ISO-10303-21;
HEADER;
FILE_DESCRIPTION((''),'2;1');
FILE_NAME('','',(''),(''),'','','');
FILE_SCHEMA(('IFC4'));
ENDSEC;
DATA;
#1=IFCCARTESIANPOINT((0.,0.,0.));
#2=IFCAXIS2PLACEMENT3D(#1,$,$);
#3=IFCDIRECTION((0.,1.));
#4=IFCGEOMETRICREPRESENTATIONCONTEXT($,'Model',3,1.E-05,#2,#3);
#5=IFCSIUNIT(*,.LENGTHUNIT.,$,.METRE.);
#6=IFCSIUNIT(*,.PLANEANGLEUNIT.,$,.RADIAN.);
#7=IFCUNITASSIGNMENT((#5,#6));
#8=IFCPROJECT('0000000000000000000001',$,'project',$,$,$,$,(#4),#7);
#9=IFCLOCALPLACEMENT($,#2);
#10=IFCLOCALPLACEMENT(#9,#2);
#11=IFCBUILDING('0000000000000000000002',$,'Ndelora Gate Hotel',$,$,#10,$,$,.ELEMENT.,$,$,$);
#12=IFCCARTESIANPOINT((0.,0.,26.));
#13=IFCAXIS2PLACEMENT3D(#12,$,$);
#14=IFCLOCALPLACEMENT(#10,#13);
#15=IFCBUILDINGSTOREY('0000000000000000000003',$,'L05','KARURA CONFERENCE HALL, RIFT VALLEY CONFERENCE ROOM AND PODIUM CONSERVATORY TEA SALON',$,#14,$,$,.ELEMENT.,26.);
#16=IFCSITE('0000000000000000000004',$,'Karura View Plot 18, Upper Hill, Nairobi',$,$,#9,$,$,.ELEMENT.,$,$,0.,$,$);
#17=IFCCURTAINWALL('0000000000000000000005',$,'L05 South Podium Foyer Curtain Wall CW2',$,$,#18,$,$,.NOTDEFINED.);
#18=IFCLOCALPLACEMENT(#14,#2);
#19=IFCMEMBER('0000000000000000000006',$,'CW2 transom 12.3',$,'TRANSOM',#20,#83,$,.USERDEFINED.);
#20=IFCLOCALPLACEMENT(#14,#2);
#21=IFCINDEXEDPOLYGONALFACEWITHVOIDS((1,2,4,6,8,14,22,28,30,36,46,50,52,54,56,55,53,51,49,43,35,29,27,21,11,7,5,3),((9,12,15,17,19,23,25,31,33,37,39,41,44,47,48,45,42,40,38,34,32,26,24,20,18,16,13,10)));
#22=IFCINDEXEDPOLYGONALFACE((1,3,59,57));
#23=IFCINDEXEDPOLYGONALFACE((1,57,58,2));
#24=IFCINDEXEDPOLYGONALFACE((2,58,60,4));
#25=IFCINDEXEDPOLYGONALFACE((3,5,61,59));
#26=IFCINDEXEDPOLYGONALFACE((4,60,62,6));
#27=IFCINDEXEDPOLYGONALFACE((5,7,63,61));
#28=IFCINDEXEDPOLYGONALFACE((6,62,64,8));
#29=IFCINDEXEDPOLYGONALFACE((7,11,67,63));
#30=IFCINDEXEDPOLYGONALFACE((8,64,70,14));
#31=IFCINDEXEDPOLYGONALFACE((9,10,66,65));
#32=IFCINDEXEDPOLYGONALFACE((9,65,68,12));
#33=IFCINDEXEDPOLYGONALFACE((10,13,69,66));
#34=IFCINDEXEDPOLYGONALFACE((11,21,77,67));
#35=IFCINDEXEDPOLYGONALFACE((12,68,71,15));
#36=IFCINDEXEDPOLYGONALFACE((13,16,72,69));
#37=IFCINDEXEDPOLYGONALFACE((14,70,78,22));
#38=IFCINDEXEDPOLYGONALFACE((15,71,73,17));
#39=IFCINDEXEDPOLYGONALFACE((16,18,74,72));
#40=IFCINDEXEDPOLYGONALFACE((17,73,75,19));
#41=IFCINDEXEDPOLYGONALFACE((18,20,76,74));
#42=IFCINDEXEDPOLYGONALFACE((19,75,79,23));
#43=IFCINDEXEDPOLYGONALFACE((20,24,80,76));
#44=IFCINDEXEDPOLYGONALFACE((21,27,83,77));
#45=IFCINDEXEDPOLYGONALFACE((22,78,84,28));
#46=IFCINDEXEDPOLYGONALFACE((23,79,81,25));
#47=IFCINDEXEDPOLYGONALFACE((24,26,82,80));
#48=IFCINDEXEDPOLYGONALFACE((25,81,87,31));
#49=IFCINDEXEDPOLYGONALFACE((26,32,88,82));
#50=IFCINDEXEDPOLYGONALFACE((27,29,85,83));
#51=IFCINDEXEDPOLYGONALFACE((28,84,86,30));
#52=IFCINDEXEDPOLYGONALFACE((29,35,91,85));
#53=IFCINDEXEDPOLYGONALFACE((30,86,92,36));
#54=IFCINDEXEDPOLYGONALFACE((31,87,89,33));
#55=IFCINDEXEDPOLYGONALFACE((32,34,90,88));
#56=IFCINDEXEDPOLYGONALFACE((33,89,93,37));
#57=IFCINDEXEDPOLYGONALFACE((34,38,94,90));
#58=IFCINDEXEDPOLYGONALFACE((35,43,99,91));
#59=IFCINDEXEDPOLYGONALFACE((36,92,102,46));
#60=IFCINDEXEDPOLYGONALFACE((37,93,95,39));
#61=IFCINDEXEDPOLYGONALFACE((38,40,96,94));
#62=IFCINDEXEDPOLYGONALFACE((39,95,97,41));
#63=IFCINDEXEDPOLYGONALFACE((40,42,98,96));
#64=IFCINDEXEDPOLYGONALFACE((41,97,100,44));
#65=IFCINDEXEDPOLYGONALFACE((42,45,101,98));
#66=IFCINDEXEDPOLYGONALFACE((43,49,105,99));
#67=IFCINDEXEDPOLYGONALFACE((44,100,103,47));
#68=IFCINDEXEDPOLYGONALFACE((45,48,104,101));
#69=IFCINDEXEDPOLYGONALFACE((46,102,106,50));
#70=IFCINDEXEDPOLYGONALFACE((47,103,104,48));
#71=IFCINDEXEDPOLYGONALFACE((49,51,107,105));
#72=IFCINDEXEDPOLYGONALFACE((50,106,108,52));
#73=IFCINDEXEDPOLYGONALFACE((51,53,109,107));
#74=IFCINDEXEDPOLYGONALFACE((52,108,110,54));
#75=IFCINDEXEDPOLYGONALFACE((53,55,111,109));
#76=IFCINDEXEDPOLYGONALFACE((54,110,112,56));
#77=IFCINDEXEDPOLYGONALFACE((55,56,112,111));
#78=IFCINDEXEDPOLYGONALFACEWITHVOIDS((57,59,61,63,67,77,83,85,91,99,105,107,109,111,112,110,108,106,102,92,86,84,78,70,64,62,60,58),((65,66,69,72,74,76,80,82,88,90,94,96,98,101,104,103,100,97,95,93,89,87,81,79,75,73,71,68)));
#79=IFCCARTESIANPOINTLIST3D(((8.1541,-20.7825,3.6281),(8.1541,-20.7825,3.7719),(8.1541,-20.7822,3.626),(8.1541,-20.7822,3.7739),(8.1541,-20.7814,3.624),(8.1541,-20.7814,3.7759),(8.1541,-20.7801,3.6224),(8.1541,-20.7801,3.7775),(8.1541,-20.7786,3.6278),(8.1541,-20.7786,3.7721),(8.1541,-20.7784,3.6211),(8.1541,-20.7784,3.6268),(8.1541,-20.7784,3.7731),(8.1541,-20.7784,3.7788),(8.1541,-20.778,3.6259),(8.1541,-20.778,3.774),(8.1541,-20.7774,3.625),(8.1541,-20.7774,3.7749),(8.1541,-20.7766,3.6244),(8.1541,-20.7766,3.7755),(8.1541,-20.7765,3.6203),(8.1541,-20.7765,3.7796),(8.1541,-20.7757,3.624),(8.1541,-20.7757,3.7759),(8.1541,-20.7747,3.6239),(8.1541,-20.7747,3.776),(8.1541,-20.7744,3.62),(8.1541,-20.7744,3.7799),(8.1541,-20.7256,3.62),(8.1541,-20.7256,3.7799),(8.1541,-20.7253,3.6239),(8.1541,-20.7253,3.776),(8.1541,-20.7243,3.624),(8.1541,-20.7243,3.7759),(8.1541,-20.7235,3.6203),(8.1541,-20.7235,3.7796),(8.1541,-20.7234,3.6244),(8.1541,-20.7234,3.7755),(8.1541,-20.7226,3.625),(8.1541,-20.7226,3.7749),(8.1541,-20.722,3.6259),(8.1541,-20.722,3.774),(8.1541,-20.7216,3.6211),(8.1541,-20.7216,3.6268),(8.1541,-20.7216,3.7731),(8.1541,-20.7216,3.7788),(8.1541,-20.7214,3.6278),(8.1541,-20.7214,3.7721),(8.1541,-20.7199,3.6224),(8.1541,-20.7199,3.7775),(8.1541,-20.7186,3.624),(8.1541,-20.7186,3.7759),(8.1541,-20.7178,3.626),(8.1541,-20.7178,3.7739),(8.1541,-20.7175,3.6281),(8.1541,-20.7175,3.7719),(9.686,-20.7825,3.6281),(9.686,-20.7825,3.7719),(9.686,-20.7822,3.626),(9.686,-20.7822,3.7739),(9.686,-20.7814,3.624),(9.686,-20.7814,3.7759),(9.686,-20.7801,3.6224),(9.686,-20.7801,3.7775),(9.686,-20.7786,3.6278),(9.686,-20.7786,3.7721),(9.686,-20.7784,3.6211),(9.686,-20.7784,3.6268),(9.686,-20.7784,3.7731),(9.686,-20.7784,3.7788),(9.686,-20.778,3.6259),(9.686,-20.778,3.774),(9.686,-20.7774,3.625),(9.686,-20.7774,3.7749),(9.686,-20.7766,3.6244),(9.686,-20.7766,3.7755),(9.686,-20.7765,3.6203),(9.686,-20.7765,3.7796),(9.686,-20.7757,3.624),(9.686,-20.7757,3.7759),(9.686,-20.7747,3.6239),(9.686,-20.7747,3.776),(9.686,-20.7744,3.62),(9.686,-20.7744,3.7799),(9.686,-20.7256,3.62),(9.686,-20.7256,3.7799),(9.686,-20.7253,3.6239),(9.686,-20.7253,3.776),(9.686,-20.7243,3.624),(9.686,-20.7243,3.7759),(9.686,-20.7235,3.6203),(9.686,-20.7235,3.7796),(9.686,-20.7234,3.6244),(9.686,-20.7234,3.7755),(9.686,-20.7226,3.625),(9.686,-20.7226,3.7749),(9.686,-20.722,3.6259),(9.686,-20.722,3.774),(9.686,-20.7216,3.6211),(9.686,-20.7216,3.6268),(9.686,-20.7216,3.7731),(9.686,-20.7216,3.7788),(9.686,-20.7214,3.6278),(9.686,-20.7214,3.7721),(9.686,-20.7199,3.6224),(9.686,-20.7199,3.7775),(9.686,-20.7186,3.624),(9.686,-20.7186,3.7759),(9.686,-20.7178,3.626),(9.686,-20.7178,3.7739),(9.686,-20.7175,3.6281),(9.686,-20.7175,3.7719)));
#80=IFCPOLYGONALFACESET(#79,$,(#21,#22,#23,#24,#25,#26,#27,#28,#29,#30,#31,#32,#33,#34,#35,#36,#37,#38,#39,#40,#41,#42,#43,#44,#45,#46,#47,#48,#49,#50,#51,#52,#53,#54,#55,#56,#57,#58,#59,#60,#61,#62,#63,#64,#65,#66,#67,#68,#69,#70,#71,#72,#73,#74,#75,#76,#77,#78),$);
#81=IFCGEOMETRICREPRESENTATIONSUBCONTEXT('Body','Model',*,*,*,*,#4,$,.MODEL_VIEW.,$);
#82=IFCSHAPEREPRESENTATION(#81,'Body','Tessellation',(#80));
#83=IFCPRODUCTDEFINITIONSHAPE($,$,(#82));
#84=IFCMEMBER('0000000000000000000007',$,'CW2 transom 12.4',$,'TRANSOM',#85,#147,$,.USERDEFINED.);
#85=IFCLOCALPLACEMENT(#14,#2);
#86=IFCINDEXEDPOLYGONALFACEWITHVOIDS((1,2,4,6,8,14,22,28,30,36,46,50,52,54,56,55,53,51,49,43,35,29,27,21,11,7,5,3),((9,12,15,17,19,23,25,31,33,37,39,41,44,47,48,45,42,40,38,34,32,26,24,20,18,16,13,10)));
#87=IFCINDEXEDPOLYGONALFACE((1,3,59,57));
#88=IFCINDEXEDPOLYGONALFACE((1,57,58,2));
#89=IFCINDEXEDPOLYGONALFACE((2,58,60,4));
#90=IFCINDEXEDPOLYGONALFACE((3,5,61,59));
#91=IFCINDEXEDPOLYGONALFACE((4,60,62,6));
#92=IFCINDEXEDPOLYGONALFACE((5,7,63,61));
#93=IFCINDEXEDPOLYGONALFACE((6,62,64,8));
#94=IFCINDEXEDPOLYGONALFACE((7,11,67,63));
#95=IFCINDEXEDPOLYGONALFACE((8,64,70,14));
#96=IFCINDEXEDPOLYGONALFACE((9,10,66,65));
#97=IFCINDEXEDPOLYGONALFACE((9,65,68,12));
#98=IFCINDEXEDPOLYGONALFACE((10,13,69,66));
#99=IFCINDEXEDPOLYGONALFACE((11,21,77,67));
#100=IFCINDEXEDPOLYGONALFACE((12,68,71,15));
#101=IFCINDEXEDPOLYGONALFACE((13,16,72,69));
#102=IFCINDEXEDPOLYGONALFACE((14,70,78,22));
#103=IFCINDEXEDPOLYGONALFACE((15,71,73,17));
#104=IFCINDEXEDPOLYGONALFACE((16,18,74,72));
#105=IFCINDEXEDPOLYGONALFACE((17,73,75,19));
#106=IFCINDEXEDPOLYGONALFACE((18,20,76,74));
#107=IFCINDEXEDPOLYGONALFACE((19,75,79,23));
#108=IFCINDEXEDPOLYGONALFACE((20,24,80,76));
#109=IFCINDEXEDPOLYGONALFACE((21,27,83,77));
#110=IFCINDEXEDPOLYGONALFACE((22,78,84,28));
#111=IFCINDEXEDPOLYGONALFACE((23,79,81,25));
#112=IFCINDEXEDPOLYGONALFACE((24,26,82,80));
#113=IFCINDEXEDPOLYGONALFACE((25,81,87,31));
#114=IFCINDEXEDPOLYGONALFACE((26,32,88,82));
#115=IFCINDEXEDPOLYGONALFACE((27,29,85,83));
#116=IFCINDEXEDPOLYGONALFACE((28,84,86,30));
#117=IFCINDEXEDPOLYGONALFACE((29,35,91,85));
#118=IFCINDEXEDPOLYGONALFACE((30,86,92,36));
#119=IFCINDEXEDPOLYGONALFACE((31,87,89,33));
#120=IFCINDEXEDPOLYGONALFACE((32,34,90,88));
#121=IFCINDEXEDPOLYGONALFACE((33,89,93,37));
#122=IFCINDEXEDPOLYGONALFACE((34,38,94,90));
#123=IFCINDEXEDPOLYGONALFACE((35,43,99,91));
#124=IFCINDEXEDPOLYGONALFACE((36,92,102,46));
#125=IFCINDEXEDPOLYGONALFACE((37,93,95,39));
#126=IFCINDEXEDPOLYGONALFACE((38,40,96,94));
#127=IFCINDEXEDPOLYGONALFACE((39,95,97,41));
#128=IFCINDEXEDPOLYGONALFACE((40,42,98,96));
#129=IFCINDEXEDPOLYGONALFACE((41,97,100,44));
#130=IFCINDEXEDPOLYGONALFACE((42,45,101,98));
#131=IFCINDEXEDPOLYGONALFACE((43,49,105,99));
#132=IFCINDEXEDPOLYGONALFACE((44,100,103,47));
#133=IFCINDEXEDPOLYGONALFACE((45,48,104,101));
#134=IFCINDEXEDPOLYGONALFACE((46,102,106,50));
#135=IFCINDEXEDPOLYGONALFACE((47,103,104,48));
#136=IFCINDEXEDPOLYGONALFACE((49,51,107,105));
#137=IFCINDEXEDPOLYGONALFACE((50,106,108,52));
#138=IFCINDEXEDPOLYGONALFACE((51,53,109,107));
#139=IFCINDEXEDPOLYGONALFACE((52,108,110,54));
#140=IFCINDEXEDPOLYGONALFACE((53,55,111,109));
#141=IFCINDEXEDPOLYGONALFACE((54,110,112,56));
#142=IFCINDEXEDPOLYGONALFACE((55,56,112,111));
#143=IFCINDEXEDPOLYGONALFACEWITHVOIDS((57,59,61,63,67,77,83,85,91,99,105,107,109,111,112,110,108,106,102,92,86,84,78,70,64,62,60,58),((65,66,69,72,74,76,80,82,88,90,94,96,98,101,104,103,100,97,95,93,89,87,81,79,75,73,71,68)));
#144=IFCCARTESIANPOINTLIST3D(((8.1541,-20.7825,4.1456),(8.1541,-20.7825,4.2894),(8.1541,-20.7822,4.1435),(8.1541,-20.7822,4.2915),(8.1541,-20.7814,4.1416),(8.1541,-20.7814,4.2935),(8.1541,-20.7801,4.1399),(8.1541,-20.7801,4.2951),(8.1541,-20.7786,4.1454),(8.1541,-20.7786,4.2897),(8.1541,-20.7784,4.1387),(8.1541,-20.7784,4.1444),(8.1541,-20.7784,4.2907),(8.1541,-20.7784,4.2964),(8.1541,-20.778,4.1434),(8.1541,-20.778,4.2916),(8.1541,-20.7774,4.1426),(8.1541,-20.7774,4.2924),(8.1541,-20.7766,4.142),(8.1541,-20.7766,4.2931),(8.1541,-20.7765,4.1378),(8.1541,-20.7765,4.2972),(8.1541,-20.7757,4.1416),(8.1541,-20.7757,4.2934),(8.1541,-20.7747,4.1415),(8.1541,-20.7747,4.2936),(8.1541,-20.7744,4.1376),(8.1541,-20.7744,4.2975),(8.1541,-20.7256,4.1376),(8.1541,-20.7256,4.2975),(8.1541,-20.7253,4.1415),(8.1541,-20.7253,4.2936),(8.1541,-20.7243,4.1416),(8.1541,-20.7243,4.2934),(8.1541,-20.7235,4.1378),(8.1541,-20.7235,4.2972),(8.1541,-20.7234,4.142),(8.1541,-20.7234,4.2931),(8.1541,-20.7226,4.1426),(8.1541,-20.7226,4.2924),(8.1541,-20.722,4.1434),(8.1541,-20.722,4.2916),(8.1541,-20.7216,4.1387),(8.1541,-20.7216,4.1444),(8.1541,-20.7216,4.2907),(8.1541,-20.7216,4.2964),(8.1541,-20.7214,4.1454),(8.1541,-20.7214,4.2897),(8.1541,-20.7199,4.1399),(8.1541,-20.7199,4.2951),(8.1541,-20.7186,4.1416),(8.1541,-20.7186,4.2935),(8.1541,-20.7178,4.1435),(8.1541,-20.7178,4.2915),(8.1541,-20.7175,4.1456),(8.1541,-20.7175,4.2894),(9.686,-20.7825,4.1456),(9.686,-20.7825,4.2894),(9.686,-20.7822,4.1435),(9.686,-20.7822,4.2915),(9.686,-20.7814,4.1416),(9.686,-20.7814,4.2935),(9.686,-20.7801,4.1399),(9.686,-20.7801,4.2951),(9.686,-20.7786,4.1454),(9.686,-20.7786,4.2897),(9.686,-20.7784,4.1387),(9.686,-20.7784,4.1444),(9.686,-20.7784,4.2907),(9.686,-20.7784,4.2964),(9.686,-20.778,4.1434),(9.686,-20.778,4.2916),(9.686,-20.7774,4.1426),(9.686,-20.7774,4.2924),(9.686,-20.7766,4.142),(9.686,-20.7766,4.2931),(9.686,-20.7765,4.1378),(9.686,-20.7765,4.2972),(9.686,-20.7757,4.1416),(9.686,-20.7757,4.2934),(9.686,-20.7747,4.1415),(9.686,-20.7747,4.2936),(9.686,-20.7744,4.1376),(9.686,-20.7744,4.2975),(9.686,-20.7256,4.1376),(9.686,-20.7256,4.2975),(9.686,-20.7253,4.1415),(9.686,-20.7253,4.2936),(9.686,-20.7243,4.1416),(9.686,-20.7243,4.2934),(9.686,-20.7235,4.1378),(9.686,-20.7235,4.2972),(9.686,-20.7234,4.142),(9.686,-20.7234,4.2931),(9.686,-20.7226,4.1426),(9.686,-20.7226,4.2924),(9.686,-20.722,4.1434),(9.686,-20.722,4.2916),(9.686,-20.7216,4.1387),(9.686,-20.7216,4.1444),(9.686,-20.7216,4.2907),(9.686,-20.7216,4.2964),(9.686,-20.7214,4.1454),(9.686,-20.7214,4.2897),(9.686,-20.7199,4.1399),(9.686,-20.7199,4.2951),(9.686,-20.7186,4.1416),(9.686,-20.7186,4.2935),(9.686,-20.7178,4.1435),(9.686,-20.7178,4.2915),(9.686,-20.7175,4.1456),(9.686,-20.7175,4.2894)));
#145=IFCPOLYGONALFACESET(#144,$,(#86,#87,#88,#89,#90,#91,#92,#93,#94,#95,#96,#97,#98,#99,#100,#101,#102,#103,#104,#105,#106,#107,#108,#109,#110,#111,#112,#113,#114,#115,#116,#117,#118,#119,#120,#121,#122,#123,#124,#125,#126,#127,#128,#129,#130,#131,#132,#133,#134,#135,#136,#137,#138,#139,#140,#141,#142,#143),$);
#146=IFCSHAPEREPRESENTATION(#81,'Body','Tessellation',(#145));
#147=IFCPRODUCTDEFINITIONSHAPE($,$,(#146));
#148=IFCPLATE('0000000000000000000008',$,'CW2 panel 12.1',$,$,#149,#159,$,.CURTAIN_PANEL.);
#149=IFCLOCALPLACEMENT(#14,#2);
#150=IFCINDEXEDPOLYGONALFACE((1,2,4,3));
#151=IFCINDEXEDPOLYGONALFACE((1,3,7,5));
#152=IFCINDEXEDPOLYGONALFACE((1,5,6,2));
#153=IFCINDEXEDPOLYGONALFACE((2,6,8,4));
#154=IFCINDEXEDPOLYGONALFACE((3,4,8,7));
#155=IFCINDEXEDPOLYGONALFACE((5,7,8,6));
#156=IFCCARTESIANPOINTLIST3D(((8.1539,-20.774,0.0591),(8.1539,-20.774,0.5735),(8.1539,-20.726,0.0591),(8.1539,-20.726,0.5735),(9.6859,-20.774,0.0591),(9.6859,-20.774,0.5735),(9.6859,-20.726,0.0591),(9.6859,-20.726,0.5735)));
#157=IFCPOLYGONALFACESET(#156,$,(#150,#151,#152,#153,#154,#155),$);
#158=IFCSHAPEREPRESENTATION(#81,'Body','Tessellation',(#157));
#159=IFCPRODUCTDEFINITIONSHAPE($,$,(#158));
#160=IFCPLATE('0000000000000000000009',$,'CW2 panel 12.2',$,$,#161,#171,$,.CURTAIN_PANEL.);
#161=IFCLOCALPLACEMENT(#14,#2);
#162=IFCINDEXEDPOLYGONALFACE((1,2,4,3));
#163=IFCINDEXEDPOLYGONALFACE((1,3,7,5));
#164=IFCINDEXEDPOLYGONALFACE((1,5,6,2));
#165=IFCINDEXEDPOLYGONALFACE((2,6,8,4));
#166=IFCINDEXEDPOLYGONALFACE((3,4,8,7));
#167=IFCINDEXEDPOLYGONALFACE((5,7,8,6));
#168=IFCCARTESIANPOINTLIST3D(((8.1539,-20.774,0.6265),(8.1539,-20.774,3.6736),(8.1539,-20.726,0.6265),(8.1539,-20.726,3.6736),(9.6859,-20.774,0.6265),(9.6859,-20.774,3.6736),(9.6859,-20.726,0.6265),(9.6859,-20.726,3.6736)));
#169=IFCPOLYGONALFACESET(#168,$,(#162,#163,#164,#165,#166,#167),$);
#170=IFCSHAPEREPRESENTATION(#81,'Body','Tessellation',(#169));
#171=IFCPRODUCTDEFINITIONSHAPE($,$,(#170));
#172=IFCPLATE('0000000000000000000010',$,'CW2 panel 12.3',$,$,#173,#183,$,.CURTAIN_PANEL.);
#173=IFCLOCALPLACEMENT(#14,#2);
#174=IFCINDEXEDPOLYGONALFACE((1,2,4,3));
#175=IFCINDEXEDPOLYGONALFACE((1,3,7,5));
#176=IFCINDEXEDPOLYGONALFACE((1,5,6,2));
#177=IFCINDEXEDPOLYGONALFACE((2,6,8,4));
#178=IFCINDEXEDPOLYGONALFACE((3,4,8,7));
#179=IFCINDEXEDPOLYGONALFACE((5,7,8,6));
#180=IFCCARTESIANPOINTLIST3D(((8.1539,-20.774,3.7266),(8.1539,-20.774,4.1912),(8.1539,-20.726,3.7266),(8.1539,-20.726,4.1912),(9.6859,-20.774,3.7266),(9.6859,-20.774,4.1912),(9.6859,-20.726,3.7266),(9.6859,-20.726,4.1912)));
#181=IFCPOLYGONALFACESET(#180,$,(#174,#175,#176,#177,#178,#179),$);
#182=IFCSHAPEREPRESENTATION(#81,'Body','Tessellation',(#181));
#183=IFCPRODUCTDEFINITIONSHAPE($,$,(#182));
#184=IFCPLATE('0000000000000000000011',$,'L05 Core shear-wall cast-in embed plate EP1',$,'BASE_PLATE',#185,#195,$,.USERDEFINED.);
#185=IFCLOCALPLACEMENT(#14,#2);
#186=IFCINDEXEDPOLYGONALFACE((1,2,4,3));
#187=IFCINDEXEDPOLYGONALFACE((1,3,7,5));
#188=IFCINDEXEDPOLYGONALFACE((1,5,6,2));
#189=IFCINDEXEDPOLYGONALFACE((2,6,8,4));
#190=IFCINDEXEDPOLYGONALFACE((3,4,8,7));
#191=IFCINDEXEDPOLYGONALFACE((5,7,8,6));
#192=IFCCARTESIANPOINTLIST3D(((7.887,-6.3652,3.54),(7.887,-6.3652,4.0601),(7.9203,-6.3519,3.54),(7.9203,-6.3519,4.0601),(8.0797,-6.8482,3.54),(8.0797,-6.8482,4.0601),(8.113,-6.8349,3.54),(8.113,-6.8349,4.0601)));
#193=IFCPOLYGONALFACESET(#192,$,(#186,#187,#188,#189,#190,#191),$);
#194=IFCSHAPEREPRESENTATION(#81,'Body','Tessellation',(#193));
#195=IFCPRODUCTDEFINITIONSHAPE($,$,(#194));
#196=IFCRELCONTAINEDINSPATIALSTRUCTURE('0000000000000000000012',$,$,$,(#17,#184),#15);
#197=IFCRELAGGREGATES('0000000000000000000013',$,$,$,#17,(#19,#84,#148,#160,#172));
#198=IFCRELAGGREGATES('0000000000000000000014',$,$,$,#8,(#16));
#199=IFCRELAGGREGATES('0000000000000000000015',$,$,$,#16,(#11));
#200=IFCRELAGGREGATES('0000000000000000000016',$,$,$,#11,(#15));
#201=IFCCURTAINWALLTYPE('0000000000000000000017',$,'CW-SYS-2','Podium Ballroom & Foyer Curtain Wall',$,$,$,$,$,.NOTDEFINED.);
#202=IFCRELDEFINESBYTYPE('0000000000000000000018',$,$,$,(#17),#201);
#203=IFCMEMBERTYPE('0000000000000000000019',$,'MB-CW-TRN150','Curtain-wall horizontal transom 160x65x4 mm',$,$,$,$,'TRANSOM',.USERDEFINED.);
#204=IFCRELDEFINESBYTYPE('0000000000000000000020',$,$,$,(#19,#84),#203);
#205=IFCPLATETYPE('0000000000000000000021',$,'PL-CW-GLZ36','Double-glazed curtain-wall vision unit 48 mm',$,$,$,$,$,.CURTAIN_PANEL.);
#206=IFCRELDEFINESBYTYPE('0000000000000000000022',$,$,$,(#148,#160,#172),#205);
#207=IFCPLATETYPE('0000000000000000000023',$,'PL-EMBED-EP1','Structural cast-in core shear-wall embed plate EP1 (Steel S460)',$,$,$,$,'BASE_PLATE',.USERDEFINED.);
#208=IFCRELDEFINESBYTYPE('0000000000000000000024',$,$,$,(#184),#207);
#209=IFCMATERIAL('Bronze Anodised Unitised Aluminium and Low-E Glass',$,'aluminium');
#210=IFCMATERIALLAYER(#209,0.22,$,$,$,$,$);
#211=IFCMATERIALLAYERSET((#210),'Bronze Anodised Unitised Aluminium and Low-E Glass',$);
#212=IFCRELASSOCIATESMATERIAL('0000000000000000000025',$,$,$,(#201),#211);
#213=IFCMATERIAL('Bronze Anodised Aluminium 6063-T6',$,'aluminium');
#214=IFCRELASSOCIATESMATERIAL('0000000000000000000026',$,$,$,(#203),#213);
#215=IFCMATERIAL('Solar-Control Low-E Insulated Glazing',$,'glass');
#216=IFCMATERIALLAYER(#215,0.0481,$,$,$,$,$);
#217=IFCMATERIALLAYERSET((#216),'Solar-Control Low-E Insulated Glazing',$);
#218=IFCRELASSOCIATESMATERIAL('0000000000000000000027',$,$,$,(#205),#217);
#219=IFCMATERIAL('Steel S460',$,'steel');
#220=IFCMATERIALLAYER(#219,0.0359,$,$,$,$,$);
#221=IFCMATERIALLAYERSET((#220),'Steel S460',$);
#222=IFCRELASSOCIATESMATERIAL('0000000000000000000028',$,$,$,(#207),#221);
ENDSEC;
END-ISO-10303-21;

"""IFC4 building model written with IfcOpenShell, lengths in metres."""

from ifc_helpers import new_model, si_unit, direction, frame, origin, origin_2d, place, context, subcontext, project, spatial, rectangle, hollow_rectangle, extrude, material, layer, layer_set, material_profile, profile_set, type_object, element, aggregate, save


model = new_model("IFC4")

# Units and contexts
model_context = context("Model", 3, precision=1e-05, world=origin(), true_north=direction((0.0, 1.0)))
body_context = subcontext(model_context, "Body", "Model", "MODEL_VIEW")
ifc_project = project(units=[si_unit("LENGTHUNIT", "METRE"), si_unit("PLANEANGLEUNIT", "RADIAN")], contexts=[model_context])

# Site, building, storey
site_placement = place(None, origin())
site = spatial("IfcSite", under=ifc_project, at=site_placement, Name="Karura View Plot 18, Upper Hill, Nairobi", CompositionType="ELEMENT", RefElevation=0.0)
building_placement = place(site_placement, origin())
building = spatial("IfcBuilding", under=site, at=building_placement, Name="Ndelora Gate Hotel", CompositionType="ELEMENT")
storey_placement = place(building_placement, frame((0.0, 0.0, 26.0)))
storey = spatial("IfcBuildingStorey", under=building, at=storey_placement, Name="L05", Description="KARURA CONFERENCE HALL, RIFT VALLEY CONFERENCE ROOM AND PODIUM CONSERVATORY TEA SALON", CompositionType="ELEMENT", Elevation=26.0)

# Shared definitions
ifc_material_1 = material(Name="Steel S460", Category="steel")

# Curtain wall, members, plates
ifc_material_2 = material(Name="Bronze Anodised Unitised Aluminium and Low-E Glass", Category="aluminium")
ifc_layer_1 = layer(ifc_material_2, 0.22)
ifc_layer_set_1 = layer_set([ifc_layer_1], Name="Bronze Anodised Unitised Aluminium and Low-E Glass")
curtain_wall_type = type_object("IfcCurtainWallType", Name="CW-SYS-2", Description="Podium Ballroom & Foyer Curtain Wall", PredefinedType="NOTDEFINED", material=ifc_layer_set_1)
curtain_wall_placement = place(storey_placement, origin())
curtain_wall = element("IfcCurtainWall", 1, at=curtain_wall_placement, inside=storey, type_object=curtain_wall_type, Name="L05 South Podium Foyer Curtain Wall CW2", PredefinedType="NOTDEFINED")
ifc_material_3 = material(Name="Bronze Anodised Aluminium 6063-T6", Category="aluminium")
ifc_material_profile_1 = material_profile(ifc_material_3, hollow_rectangle(XDim=0.0649, YDim=0.1599, WallThickness=0.0039, InnerFilletRadius=0.0039, OuterFilletRadius=0.0081, at=origin_2d()), Name="ALU 160x65x4")
ifc_profile_set_1 = profile_set([ifc_material_profile_1], Name="Bronze Anodised Aluminium 6063-T6")
member_type_1 = type_object("IfcMemberType", Name="MB-CW-TRN150", Description="Curtain-wall horizontal transom 160x65x4 mm", ElementType="TRANSOM", PredefinedType="USERDEFINED", material=ifc_profile_set_1)
member_1_placement = place(storey_placement, frame((8.1541, -20.75, 3.7), z_axis=(1.0, 0.0, 0.0), x_axis=(0.0, 1.0, 0.0)))
member_1 = element("IfcMember", 2, at=member_1_placement, type_object=member_type_1, Name="CW2 transom 12.3", ObjectType="TRANSOM", PredefinedType="USERDEFINED", context=body_context, shape_type="SweptSolid", body=[
    extrude(hollow_rectangle(XDim=0.0649, YDim=0.1599, WallThickness=0.0039, InnerFilletRadius=0.0039, OuterFilletRadius=0.0081, at=origin_2d()), origin(), (0.0, 0.0, 1.0), 1.532),
])
member_2_placement = place(storey_placement, frame((8.1541, -20.75, 4.2175), z_axis=(1.0, 0.0, 0.0), x_axis=(0.0, 1.0, 0.0)))
member_2 = element("IfcMember", 3, at=member_2_placement, type_object=member_type_1, Name="CW2 transom 12.4", ObjectType="TRANSOM", PredefinedType="USERDEFINED", context=body_context, shape_type="SweptSolid", body=[
    extrude(hollow_rectangle(XDim=0.0649, YDim=0.1599, WallThickness=0.0039, InnerFilletRadius=0.0039, OuterFilletRadius=0.0081, at=origin_2d()), origin(), (0.0, 0.0, 1.0), 1.532),
])
ifc_material_4 = material(Name="Solar-Control Low-E Insulated Glazing", Category="glass")
ifc_layer_2 = layer(ifc_material_4, 0.0481)
ifc_layer_set_2 = layer_set([ifc_layer_2], Name="Solar-Control Low-E Insulated Glazing")
plate_type_1 = type_object("IfcPlateType", Name="PL-CW-GLZ36", Description="Double-glazed curtain-wall vision unit 48 mm", PredefinedType="CURTAIN_PANEL", material=ifc_layer_set_2)
plate_1_placement = place(storey_placement, frame((8.9199, -20.75, 0.0591), z_axis=(0.0, 0.0, 1.0), x_axis=(1.0, 0.0, 0.0)))
plate_1 = element("IfcPlate", 4, at=plate_1_placement, type_object=plate_type_1, Name="CW2 panel 12.1", PredefinedType="CURTAIN_PANEL", context=body_context, shape_type="SweptSolid", body=[
    extrude(rectangle(XDim=1.532, YDim=0.0481, at=origin_2d()), origin(), (0.0, 0.0, 1.0), 0.5144),
])
plate_2_placement = place(storey_placement, frame((8.9199, -20.75, 0.6265), z_axis=(0.0, 0.0, 1.0), x_axis=(1.0, 0.0, 0.0)))
plate_2 = element("IfcPlate", 5, at=plate_2_placement, type_object=plate_type_1, Name="CW2 panel 12.2", PredefinedType="CURTAIN_PANEL", context=body_context, shape_type="SweptSolid", body=[
    extrude(rectangle(XDim=1.532, YDim=0.0481, at=origin_2d()), origin(), (0.0, 0.0, 1.0), 3.0471),
])
plate_3_placement = place(storey_placement, frame((8.9199, -20.75, 3.7266), z_axis=(0.0, 0.0, 1.0), x_axis=(1.0, 0.0, 0.0)))
plate_3 = element("IfcPlate", 6, at=plate_3_placement, type_object=plate_type_1, Name="CW2 panel 12.3", PredefinedType="CURTAIN_PANEL", context=body_context, shape_type="SweptSolid", body=[
    extrude(rectangle(XDim=1.532, YDim=0.0481, at=origin_2d()), origin(), (0.0, 0.0, 1.0), 0.4646),
])
aggregate(curtain_wall, [member_1, member_2, plate_1, plate_2, plate_3])

# Plate
ifc_layer_3 = layer(ifc_material_1, 0.0359)
ifc_layer_set_3 = layer_set([ifc_layer_3], Name="Steel S460")
plate_type_2 = type_object("IfcPlateType", Name="PL-EMBED-EP1", Description="Structural cast-in core shear-wall embed plate EP1 (Steel S460)", ElementType="BASE_PLATE", PredefinedType="USERDEFINED", material=ifc_layer_set_3)
plate_4_placement = place(storey_placement, frame((8.0, -6.6001, 3.54), z_axis=(0.0, 0.0, 1.0), x_axis=(-0.370557, 0.92881, 0.0)))
element("IfcPlate", 7, at=plate_4_placement, inside=storey, type_object=plate_type_2, Name="L05 Core shear-wall cast-in embed plate EP1", ObjectType="BASE_PLATE", PredefinedType="USERDEFINED", context=body_context, shape_type="SweptSolid", body=[
    extrude(rectangle(XDim=0.52, YDim=0.0359, at=origin_2d()), origin(), (0.0, 0.0, 1.0), 0.52),
])

save(model, "model.ifc")
